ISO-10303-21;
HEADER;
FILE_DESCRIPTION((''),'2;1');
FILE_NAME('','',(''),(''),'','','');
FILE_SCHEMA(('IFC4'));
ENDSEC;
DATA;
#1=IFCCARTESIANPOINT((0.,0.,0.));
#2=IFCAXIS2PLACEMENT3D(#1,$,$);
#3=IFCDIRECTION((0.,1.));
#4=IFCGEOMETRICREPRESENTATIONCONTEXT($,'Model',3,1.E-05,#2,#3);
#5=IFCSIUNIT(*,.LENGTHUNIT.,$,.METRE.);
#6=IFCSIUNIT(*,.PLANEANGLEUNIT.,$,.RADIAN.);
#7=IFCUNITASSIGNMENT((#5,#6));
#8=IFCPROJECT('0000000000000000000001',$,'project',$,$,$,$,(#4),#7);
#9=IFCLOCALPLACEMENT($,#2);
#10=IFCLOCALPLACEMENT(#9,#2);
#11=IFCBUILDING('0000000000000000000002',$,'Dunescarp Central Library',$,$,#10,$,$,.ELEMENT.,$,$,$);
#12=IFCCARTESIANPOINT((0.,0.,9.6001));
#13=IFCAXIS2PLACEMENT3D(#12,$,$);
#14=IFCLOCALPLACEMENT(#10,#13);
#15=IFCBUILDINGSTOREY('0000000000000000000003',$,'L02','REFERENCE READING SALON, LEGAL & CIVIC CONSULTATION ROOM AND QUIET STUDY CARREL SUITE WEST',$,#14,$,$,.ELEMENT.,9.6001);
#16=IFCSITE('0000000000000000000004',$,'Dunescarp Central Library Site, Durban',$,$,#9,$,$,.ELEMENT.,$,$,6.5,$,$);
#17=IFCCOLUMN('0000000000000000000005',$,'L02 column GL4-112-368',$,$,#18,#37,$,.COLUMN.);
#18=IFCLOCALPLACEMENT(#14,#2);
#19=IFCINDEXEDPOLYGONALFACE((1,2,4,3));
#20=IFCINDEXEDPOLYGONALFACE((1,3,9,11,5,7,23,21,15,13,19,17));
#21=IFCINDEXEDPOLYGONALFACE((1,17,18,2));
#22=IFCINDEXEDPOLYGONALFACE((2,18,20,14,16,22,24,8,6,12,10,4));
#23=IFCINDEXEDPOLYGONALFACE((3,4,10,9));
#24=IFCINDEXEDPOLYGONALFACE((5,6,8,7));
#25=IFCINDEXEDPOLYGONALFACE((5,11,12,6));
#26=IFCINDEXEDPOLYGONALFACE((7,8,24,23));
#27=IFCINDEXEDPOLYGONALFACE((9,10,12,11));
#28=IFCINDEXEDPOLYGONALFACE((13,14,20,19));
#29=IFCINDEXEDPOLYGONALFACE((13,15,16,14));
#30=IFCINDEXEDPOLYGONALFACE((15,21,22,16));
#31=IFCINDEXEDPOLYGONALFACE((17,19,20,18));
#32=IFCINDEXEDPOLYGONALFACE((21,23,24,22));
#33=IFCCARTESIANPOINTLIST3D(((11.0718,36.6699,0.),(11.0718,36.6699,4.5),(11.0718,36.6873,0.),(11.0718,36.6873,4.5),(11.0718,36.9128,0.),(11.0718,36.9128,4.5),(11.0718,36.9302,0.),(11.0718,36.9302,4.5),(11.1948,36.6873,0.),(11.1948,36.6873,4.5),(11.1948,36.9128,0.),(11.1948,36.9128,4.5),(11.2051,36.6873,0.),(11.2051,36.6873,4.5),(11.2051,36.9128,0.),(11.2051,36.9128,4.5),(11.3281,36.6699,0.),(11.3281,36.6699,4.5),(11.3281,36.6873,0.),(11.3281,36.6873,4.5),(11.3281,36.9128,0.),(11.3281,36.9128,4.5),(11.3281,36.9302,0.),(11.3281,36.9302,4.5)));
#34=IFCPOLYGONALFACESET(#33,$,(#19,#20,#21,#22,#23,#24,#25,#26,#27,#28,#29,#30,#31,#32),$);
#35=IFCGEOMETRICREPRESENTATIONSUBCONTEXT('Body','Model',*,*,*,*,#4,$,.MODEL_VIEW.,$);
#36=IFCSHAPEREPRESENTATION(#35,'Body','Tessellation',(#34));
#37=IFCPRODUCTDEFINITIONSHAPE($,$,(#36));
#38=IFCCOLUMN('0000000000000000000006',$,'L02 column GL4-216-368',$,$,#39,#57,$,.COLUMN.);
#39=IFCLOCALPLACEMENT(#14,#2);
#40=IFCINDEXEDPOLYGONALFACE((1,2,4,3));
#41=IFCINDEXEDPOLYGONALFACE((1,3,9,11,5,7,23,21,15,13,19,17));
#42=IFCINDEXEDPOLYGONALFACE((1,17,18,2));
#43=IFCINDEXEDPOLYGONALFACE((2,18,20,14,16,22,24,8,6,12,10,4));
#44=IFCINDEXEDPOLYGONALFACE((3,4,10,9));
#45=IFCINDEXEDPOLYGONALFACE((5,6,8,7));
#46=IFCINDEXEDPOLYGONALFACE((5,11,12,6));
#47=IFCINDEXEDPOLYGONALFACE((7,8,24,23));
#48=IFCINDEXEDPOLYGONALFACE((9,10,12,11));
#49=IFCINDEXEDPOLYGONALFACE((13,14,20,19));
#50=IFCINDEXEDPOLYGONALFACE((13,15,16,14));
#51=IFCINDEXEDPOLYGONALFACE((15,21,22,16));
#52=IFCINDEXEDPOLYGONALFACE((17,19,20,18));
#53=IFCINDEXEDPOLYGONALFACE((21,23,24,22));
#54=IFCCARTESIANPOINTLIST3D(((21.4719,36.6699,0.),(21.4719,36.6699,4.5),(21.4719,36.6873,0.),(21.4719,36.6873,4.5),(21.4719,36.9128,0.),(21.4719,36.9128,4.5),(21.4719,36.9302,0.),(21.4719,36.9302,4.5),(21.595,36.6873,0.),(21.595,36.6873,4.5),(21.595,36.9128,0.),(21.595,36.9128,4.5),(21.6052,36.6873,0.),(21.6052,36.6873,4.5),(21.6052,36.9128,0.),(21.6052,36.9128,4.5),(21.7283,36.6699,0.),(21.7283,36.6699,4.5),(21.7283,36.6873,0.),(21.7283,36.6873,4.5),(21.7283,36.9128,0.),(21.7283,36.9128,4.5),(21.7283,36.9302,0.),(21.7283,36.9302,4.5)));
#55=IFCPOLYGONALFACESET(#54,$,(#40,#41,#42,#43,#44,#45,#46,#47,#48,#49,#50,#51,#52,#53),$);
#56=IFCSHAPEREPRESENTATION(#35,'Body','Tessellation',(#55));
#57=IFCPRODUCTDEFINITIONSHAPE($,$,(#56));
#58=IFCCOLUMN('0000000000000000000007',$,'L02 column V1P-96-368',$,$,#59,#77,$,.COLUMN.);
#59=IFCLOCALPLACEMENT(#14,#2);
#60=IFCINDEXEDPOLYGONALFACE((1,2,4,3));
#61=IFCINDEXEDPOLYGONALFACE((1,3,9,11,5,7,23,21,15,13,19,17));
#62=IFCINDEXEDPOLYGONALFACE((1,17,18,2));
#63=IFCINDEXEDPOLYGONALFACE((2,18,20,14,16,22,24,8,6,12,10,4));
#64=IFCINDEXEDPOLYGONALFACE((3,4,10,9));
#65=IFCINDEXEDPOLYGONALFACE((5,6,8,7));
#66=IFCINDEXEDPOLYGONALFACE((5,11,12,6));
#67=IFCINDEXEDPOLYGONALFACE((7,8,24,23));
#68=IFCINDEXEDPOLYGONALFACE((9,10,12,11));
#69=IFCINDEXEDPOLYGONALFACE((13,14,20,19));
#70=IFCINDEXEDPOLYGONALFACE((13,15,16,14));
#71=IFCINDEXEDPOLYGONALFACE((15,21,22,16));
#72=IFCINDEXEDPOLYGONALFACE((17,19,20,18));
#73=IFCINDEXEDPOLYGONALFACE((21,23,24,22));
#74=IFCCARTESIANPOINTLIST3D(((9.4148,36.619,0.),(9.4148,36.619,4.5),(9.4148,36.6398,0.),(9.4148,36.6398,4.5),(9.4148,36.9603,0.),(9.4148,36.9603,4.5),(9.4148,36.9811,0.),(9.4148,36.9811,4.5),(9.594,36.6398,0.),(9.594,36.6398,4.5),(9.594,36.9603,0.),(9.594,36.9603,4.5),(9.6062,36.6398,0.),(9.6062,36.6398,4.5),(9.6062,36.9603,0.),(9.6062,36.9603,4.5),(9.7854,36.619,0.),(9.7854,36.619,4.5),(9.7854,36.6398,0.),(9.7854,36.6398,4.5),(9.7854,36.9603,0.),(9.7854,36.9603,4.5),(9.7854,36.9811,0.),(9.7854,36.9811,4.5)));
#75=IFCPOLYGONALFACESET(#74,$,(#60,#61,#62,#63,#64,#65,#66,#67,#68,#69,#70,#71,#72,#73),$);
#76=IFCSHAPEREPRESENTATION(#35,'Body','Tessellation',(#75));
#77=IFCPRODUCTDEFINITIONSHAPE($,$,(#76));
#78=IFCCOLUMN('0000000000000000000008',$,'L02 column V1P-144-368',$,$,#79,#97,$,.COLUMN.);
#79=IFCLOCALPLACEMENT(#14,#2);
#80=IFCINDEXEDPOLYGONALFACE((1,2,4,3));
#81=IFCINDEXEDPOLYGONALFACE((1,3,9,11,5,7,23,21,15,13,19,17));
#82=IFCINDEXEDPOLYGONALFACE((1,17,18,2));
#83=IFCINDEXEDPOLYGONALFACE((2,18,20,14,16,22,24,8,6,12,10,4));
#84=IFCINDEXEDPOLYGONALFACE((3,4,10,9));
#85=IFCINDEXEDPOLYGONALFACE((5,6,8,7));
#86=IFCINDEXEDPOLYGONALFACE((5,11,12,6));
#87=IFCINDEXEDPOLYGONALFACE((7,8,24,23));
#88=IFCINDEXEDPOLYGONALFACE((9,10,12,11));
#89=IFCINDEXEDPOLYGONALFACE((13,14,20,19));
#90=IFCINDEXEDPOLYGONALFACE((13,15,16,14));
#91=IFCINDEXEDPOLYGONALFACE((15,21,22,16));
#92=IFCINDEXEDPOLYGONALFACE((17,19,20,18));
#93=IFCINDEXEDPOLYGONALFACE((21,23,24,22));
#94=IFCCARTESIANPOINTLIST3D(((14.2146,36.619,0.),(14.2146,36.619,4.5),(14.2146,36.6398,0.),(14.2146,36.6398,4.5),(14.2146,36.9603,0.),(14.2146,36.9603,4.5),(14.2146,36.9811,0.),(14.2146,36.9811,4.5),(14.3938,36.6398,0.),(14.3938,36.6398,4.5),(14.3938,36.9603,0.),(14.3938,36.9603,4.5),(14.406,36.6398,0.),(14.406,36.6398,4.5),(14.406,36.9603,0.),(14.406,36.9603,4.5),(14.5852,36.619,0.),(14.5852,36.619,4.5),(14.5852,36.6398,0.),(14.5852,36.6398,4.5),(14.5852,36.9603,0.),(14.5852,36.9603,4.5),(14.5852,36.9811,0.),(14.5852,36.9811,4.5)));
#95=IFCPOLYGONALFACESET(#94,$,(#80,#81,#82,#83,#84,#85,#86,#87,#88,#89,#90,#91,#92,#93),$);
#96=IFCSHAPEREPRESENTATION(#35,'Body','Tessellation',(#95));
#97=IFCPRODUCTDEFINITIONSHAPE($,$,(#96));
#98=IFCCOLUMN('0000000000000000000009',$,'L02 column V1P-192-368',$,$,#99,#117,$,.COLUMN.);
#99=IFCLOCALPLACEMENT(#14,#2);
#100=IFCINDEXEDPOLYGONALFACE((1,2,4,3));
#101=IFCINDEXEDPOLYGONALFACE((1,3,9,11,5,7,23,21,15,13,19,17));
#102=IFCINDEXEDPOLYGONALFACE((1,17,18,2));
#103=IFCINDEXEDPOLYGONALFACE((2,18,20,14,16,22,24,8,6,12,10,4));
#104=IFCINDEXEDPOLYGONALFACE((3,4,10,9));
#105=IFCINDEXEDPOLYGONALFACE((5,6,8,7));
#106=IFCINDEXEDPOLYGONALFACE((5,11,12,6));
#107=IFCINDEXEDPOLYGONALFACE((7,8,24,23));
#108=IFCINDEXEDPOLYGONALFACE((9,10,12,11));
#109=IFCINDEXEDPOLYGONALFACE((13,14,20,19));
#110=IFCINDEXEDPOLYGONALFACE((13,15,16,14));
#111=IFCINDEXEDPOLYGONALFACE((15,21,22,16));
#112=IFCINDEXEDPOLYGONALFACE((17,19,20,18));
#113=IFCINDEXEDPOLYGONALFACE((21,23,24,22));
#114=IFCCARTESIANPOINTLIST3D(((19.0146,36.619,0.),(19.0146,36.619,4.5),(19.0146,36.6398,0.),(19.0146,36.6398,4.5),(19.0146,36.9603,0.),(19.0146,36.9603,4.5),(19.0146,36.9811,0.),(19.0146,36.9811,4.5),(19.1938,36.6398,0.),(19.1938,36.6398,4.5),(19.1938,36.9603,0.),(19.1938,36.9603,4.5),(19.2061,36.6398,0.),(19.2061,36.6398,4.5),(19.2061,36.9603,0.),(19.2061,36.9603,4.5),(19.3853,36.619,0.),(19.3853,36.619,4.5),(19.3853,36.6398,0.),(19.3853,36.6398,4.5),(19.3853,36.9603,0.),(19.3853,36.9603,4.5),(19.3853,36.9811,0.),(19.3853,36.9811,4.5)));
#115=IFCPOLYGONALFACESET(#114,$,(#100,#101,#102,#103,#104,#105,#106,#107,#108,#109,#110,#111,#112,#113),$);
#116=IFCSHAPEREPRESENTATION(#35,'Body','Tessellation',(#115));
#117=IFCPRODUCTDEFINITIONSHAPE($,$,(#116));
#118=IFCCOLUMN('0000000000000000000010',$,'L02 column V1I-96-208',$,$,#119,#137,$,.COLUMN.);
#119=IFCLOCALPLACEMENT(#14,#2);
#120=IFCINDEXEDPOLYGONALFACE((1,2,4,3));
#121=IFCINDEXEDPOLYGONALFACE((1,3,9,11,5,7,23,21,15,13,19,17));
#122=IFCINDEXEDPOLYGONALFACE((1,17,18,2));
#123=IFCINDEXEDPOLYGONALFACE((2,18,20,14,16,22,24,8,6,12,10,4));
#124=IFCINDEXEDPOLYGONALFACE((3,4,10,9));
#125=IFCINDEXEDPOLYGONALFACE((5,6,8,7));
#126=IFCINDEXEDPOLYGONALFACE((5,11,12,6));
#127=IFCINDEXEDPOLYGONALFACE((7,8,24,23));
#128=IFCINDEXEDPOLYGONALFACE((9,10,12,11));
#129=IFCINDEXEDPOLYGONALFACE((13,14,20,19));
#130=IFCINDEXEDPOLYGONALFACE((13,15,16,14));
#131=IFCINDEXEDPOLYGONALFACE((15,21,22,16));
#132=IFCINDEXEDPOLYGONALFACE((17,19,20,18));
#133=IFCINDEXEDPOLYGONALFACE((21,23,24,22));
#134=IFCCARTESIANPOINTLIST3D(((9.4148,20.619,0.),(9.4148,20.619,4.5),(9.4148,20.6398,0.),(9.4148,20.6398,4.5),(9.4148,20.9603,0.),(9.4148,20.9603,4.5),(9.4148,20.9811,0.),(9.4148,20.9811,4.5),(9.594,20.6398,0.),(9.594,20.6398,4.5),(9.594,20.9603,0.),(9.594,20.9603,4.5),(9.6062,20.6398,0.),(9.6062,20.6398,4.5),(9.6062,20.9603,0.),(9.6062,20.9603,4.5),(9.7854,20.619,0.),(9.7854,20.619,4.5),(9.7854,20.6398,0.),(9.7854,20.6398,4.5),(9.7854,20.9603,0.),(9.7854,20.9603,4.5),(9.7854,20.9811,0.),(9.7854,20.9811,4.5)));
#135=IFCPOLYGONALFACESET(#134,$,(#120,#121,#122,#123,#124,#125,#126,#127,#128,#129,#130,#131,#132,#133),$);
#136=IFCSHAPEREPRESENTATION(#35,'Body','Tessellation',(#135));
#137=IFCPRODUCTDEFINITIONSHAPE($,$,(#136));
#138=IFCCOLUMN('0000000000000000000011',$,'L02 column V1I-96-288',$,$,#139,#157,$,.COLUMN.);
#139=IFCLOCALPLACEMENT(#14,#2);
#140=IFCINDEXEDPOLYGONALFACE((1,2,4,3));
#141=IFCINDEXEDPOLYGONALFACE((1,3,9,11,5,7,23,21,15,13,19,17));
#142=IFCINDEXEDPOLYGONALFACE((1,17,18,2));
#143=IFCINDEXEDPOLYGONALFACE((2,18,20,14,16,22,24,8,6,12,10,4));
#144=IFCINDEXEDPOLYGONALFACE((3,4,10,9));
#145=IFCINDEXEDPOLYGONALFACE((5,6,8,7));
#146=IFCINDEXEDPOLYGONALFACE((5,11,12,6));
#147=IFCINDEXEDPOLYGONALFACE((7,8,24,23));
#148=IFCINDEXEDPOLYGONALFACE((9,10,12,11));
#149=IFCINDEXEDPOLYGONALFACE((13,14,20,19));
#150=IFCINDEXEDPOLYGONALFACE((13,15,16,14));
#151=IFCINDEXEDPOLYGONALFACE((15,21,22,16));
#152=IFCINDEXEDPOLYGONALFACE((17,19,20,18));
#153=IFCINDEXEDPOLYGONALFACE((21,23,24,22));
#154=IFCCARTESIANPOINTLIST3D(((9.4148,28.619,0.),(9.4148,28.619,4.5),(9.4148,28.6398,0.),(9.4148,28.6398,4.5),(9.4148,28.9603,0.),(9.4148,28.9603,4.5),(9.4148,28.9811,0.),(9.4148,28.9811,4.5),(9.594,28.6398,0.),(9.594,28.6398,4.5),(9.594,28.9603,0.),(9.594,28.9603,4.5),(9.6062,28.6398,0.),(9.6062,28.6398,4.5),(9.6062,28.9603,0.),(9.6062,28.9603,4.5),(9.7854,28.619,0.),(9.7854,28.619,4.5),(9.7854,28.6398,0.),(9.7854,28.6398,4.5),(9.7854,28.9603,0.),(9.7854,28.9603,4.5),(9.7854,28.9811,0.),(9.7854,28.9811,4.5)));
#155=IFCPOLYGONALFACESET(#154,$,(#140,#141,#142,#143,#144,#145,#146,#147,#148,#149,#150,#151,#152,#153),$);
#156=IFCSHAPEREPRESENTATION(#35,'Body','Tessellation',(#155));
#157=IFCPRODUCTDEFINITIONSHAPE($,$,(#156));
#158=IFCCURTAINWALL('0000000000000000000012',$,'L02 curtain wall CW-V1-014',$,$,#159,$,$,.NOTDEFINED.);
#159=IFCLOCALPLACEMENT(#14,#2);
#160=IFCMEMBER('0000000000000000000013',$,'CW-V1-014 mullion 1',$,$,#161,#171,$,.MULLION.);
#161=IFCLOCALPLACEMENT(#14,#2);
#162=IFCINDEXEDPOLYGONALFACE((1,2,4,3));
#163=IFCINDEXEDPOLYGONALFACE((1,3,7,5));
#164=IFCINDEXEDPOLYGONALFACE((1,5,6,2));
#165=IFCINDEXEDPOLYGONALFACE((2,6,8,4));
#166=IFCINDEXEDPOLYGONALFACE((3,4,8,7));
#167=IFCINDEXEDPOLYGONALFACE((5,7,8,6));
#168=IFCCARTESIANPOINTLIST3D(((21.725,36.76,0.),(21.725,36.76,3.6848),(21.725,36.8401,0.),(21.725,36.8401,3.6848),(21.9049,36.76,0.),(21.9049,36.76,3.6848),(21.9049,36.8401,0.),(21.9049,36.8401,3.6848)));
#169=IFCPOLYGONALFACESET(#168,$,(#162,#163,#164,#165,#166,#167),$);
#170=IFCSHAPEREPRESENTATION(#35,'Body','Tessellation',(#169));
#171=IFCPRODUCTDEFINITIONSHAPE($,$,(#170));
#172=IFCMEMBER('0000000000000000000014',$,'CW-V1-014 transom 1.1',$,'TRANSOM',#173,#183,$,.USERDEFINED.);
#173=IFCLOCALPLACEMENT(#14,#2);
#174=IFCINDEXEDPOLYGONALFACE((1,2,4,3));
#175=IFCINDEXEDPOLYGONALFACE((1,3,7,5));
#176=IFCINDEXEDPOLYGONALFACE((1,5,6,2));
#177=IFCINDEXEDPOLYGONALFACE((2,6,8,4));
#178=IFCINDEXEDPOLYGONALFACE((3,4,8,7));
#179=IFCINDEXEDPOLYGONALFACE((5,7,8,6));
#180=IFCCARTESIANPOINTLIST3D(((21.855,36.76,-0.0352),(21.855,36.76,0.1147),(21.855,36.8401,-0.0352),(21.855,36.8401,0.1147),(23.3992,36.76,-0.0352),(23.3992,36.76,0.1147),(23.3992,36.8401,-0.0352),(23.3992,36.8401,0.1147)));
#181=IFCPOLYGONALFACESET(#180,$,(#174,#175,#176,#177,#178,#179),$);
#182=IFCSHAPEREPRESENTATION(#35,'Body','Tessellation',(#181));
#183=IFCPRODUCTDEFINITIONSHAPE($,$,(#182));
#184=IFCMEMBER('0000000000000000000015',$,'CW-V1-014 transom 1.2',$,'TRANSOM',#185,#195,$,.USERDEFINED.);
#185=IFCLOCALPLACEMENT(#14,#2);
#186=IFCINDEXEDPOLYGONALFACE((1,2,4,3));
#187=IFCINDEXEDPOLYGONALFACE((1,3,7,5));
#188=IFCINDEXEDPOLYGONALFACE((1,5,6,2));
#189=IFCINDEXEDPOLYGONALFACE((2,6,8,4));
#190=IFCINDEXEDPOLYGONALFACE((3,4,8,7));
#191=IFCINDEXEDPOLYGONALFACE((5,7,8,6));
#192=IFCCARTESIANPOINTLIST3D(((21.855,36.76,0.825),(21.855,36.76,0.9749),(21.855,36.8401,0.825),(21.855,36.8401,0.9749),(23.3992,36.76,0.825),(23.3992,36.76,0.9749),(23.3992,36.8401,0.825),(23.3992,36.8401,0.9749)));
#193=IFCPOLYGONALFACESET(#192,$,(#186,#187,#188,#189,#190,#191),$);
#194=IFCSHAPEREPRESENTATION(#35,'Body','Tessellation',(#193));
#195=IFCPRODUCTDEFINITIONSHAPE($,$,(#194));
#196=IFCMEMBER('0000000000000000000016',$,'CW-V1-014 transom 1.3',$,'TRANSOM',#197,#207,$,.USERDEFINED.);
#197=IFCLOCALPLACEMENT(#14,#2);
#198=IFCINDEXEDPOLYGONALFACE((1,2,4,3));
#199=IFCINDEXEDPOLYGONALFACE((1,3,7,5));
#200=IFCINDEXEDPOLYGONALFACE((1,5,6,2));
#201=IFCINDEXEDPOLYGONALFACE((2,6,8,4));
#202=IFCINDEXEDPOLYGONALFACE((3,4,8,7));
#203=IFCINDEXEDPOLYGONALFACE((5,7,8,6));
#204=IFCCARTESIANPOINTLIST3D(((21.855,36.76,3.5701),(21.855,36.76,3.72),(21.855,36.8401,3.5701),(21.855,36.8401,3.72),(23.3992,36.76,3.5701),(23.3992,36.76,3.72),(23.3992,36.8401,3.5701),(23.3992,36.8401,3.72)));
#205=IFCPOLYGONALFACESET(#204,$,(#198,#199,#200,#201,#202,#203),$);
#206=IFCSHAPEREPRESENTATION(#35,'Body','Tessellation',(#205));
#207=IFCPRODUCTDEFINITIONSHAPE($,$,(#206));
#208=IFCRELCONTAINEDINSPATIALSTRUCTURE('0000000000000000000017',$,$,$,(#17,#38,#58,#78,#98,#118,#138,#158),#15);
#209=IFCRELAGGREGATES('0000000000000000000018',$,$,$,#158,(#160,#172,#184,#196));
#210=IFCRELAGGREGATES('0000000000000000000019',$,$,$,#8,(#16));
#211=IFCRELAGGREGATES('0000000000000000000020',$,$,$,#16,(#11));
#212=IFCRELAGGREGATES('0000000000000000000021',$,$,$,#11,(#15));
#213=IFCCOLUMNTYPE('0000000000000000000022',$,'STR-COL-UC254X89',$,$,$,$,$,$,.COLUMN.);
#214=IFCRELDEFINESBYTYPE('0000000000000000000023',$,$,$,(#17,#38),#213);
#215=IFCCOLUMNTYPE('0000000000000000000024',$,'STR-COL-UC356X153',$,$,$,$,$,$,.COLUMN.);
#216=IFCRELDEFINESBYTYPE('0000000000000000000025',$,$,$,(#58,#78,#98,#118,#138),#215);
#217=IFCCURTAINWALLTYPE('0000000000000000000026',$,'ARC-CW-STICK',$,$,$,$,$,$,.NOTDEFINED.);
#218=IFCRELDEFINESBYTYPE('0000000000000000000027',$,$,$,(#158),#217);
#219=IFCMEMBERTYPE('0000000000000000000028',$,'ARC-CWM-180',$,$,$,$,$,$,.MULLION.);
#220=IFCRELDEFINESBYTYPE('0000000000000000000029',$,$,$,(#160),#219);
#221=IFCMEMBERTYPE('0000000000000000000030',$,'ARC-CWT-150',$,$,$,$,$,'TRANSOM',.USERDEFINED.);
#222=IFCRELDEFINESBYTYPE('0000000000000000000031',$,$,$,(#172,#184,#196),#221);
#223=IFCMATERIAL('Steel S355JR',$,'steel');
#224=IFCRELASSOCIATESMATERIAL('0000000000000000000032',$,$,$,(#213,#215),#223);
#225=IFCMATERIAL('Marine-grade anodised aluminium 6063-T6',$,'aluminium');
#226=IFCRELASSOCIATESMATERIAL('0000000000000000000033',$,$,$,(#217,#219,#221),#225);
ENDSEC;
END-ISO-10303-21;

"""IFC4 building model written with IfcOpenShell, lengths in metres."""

from ifc_helpers import new_model, si_unit, direction, frame, origin, origin_2d, place, context, subcontext, project, spatial, rectangle, i_section, extrude, material, material_profile, profile_set, type_object, element, aggregate, save


model = new_model("IFC4")

# Units and contexts
model_context = context("Model", 3, precision=1e-05, world=origin(), true_north=direction((0.0, 1.0)))
body_context = subcontext(model_context, "Body", "Model", "MODEL_VIEW")
ifc_project = project(units=[si_unit("LENGTHUNIT", "METRE"), si_unit("PLANEANGLEUNIT", "RADIAN")], contexts=[model_context])

# Site, building, storey
site_placement = place(None, origin())
site = spatial("IfcSite", under=ifc_project, at=site_placement, Name="Dunescarp Central Library Site, Durban", CompositionType="ELEMENT", RefElevation=6.5)
building_placement = place(site_placement, origin())
building = spatial("IfcBuilding", under=site, at=building_placement, Name="Dunescarp Central Library", CompositionType="ELEMENT")
storey_placement = place(building_placement, frame((0.0, 0.0, 9.6001)))
storey = spatial("IfcBuildingStorey", under=building, at=storey_placement, Name="L02", Description="REFERENCE READING SALON, LEGAL & CIVIC CONSULTATION ROOM AND QUIET STUDY CARREL SUITE WEST", CompositionType="ELEMENT", Elevation=9.6001)

# Columns
ifc_material_1 = material(Name="Steel S355JR", Category="steel")
ifc_material_profile_1 = material_profile(ifc_material_1, i_section(OverallWidth=0.2563, OverallDepth=0.2603, WebThickness=0.0103, FlangeThickness=0.0173, at=origin_2d()), Name="UC 254x254x89")
ifc_profile_set_1 = profile_set([ifc_material_profile_1], Name="Steel S355JR")
column_type_1 = type_object("IfcColumnType", Name="STR-COL-UC254X89", PredefinedType="COLUMN", material=ifc_profile_set_1)
for number, where, z_axis, x_axis, name in (
    (1, (11.2, 36.8, 0.0), (0.0, 0.0, 1.0), (1.0, 0.0, 0.0), "L02 column GL4-112-368"),
    (2, (21.6001, 36.8, 0.0), (0.0, 0.0, 1.0), (1.0, 0.0, 0.0), "L02 column GL4-216-368"),
):
    element("IfcColumn", number, at=place(storey_placement, frame(where, z_axis=z_axis, x_axis=x_axis)), inside=storey, type_object=column_type_1, Name=name, PredefinedType="COLUMN", context=body_context, shape_type="SweptSolid", body=[
        extrude(i_section(OverallWidth=0.2563, OverallDepth=0.2603, WebThickness=0.0103, FlangeThickness=0.0173, at=origin_2d()), origin(), (0.0, 0.0, 1.0), 4.5),
    ])
ifc_material_profile_2 = material_profile(ifc_material_1, i_section(OverallWidth=0.3706, OverallDepth=0.3621, WebThickness=0.0122, FlangeThickness=0.0208, at=origin_2d()), Name="UC 356x368x153")
ifc_profile_set_2 = profile_set([ifc_material_profile_2], Name="Steel S355JR")
column_type_2 = type_object("IfcColumnType", Name="STR-COL-UC356X153", PredefinedType="COLUMN", material=ifc_profile_set_2)
for number, where, z_axis, x_axis, name in (
    (3, (9.6001, 36.8, 0.0), (0.0, 0.0, 1.0), (1.0, 0.0, 0.0), "L02 column V1P-96-368"),
    (4, (14.3999, 36.8, 0.0), (0.0, 0.0, 1.0), (1.0, 0.0, 0.0), "L02 column V1P-144-368"),
    (5, (19.2, 36.8, 0.0), (0.0, 0.0, 1.0), (1.0, 0.0, 0.0), "L02 column V1P-192-368"),
    (6, (9.6001, 20.8, 0.0), (0.0, 0.0, 1.0), (1.0, 0.0, 0.0), "L02 column V1I-96-208"),
    (7, (9.6001, 28.8, 0.0), (0.0, 0.0, 1.0), (1.0, 0.0, 0.0), "L02 column V1I-96-288"),
):
    element("IfcColumn", number, at=place(storey_placement, frame(where, z_axis=z_axis, x_axis=x_axis)), inside=storey, type_object=column_type_2, Name=name, PredefinedType="COLUMN", context=body_context, shape_type="SweptSolid", body=[
        extrude(i_section(OverallWidth=0.3706, OverallDepth=0.3621, WebThickness=0.0122, FlangeThickness=0.0208, at=origin_2d()), origin(), (0.0, 0.0, 1.0), 4.5),
    ])

# Curtain wall, members
ifc_material_2 = material(Name="Marine-grade anodised aluminium 6063-T6", Category="aluminium")
curtain_wall_type = type_object("IfcCurtainWallType", Name="ARC-CW-STICK", PredefinedType="NOTDEFINED", material=ifc_material_2)
curtain_wall_placement = place(storey_placement, origin())
curtain_wall = element("IfcCurtainWall", 8, at=curtain_wall_placement, inside=storey, type_object=curtain_wall_type, Name="L02 curtain wall CW-V1-014", PredefinedType="NOTDEFINED")
ifc_material_profile_3 = material_profile(ifc_material_2, rectangle(XDim=0.0801, YDim=0.1799, at=origin_2d()), Name="AL 80x180")
ifc_profile_set_3 = profile_set([ifc_material_profile_3], Name="Marine-grade anodised aluminium 6063-T6")
member_type_1 = type_object("IfcMemberType", Name="ARC-CWM-180", PredefinedType="MULLION", material=ifc_profile_set_3)
member_1_placement = place(storey_placement, frame((21.8149, 36.8, 0.0), z_axis=(0.0, 0.0, 1.0), x_axis=(0.0, 1.0, 0.0)))
member_1 = element("IfcMember", 9, at=member_1_placement, type_object=member_type_1, Name="CW-V1-014 mullion 1", PredefinedType="MULLION", context=body_context, shape_type="SweptSolid", body=[
    extrude(rectangle(XDim=0.0801, YDim=0.1799, at=origin_2d()), origin(), (0.0, 0.0, 1.0), 3.6848),
])
ifc_material_profile_4 = material_profile(ifc_material_2, rectangle(XDim=0.0801, YDim=0.1499, at=origin_2d()), Name="AL 80x150")
ifc_profile_set_4 = profile_set([ifc_material_profile_4], Name="Marine-grade anodised aluminium 6063-T6")
member_type_2 = type_object("IfcMemberType", Name="ARC-CWT-150", ElementType="TRANSOM", PredefinedType="USERDEFINED", material=ifc_profile_set_4)
member_2_placement = place(storey_placement, frame((21.855, 36.8, 0.0398), z_axis=(1.0, 0.0, 0.0), x_axis=(0.0, 1.0, 0.0)))
member_2 = element("IfcMember", 10, at=member_2_placement, type_object=member_type_2, Name="CW-V1-014 transom 1.1", ObjectType="TRANSOM", PredefinedType="USERDEFINED", context=body_context, shape_type="SweptSolid", body=[
    extrude(rectangle(XDim=0.0801, YDim=0.1499, at=origin_2d()), origin(), (0.0, 0.0, 1.0), 1.5442),
])
member_3_placement = place(storey_placement, frame((21.855, 36.8, 0.8999), z_axis=(1.0, 0.0, 0.0), x_axis=(0.0, 1.0, 0.0)))
member_3 = element("IfcMember", 11, at=member_3_placement, type_object=member_type_2, Name="CW-V1-014 transom 1.2", ObjectType="TRANSOM", PredefinedType="USERDEFINED", context=body_context, shape_type="SweptSolid", body=[
    extrude(rectangle(XDim=0.0801, YDim=0.1499, at=origin_2d()), origin(), (0.0, 0.0, 1.0), 1.5442),
])
member_4_placement = place(storey_placement, frame((21.855, 36.8, 3.645), z_axis=(1.0, 0.0, 0.0), x_axis=(0.0, 1.0, 0.0)))
member_4 = element("IfcMember", 12, at=member_4_placement, type_object=member_type_2, Name="CW-V1-014 transom 1.3", ObjectType="TRANSOM", PredefinedType="USERDEFINED", context=body_context, shape_type="SweptSolid", body=[
    extrude(rectangle(XDim=0.0801, YDim=0.1499, at=origin_2d()), origin(), (0.0, 0.0, 1.0), 1.5442),
])
aggregate(curtain_wall, [member_1, member_2, member_3, member_4])

save(model, "model.ifc")
